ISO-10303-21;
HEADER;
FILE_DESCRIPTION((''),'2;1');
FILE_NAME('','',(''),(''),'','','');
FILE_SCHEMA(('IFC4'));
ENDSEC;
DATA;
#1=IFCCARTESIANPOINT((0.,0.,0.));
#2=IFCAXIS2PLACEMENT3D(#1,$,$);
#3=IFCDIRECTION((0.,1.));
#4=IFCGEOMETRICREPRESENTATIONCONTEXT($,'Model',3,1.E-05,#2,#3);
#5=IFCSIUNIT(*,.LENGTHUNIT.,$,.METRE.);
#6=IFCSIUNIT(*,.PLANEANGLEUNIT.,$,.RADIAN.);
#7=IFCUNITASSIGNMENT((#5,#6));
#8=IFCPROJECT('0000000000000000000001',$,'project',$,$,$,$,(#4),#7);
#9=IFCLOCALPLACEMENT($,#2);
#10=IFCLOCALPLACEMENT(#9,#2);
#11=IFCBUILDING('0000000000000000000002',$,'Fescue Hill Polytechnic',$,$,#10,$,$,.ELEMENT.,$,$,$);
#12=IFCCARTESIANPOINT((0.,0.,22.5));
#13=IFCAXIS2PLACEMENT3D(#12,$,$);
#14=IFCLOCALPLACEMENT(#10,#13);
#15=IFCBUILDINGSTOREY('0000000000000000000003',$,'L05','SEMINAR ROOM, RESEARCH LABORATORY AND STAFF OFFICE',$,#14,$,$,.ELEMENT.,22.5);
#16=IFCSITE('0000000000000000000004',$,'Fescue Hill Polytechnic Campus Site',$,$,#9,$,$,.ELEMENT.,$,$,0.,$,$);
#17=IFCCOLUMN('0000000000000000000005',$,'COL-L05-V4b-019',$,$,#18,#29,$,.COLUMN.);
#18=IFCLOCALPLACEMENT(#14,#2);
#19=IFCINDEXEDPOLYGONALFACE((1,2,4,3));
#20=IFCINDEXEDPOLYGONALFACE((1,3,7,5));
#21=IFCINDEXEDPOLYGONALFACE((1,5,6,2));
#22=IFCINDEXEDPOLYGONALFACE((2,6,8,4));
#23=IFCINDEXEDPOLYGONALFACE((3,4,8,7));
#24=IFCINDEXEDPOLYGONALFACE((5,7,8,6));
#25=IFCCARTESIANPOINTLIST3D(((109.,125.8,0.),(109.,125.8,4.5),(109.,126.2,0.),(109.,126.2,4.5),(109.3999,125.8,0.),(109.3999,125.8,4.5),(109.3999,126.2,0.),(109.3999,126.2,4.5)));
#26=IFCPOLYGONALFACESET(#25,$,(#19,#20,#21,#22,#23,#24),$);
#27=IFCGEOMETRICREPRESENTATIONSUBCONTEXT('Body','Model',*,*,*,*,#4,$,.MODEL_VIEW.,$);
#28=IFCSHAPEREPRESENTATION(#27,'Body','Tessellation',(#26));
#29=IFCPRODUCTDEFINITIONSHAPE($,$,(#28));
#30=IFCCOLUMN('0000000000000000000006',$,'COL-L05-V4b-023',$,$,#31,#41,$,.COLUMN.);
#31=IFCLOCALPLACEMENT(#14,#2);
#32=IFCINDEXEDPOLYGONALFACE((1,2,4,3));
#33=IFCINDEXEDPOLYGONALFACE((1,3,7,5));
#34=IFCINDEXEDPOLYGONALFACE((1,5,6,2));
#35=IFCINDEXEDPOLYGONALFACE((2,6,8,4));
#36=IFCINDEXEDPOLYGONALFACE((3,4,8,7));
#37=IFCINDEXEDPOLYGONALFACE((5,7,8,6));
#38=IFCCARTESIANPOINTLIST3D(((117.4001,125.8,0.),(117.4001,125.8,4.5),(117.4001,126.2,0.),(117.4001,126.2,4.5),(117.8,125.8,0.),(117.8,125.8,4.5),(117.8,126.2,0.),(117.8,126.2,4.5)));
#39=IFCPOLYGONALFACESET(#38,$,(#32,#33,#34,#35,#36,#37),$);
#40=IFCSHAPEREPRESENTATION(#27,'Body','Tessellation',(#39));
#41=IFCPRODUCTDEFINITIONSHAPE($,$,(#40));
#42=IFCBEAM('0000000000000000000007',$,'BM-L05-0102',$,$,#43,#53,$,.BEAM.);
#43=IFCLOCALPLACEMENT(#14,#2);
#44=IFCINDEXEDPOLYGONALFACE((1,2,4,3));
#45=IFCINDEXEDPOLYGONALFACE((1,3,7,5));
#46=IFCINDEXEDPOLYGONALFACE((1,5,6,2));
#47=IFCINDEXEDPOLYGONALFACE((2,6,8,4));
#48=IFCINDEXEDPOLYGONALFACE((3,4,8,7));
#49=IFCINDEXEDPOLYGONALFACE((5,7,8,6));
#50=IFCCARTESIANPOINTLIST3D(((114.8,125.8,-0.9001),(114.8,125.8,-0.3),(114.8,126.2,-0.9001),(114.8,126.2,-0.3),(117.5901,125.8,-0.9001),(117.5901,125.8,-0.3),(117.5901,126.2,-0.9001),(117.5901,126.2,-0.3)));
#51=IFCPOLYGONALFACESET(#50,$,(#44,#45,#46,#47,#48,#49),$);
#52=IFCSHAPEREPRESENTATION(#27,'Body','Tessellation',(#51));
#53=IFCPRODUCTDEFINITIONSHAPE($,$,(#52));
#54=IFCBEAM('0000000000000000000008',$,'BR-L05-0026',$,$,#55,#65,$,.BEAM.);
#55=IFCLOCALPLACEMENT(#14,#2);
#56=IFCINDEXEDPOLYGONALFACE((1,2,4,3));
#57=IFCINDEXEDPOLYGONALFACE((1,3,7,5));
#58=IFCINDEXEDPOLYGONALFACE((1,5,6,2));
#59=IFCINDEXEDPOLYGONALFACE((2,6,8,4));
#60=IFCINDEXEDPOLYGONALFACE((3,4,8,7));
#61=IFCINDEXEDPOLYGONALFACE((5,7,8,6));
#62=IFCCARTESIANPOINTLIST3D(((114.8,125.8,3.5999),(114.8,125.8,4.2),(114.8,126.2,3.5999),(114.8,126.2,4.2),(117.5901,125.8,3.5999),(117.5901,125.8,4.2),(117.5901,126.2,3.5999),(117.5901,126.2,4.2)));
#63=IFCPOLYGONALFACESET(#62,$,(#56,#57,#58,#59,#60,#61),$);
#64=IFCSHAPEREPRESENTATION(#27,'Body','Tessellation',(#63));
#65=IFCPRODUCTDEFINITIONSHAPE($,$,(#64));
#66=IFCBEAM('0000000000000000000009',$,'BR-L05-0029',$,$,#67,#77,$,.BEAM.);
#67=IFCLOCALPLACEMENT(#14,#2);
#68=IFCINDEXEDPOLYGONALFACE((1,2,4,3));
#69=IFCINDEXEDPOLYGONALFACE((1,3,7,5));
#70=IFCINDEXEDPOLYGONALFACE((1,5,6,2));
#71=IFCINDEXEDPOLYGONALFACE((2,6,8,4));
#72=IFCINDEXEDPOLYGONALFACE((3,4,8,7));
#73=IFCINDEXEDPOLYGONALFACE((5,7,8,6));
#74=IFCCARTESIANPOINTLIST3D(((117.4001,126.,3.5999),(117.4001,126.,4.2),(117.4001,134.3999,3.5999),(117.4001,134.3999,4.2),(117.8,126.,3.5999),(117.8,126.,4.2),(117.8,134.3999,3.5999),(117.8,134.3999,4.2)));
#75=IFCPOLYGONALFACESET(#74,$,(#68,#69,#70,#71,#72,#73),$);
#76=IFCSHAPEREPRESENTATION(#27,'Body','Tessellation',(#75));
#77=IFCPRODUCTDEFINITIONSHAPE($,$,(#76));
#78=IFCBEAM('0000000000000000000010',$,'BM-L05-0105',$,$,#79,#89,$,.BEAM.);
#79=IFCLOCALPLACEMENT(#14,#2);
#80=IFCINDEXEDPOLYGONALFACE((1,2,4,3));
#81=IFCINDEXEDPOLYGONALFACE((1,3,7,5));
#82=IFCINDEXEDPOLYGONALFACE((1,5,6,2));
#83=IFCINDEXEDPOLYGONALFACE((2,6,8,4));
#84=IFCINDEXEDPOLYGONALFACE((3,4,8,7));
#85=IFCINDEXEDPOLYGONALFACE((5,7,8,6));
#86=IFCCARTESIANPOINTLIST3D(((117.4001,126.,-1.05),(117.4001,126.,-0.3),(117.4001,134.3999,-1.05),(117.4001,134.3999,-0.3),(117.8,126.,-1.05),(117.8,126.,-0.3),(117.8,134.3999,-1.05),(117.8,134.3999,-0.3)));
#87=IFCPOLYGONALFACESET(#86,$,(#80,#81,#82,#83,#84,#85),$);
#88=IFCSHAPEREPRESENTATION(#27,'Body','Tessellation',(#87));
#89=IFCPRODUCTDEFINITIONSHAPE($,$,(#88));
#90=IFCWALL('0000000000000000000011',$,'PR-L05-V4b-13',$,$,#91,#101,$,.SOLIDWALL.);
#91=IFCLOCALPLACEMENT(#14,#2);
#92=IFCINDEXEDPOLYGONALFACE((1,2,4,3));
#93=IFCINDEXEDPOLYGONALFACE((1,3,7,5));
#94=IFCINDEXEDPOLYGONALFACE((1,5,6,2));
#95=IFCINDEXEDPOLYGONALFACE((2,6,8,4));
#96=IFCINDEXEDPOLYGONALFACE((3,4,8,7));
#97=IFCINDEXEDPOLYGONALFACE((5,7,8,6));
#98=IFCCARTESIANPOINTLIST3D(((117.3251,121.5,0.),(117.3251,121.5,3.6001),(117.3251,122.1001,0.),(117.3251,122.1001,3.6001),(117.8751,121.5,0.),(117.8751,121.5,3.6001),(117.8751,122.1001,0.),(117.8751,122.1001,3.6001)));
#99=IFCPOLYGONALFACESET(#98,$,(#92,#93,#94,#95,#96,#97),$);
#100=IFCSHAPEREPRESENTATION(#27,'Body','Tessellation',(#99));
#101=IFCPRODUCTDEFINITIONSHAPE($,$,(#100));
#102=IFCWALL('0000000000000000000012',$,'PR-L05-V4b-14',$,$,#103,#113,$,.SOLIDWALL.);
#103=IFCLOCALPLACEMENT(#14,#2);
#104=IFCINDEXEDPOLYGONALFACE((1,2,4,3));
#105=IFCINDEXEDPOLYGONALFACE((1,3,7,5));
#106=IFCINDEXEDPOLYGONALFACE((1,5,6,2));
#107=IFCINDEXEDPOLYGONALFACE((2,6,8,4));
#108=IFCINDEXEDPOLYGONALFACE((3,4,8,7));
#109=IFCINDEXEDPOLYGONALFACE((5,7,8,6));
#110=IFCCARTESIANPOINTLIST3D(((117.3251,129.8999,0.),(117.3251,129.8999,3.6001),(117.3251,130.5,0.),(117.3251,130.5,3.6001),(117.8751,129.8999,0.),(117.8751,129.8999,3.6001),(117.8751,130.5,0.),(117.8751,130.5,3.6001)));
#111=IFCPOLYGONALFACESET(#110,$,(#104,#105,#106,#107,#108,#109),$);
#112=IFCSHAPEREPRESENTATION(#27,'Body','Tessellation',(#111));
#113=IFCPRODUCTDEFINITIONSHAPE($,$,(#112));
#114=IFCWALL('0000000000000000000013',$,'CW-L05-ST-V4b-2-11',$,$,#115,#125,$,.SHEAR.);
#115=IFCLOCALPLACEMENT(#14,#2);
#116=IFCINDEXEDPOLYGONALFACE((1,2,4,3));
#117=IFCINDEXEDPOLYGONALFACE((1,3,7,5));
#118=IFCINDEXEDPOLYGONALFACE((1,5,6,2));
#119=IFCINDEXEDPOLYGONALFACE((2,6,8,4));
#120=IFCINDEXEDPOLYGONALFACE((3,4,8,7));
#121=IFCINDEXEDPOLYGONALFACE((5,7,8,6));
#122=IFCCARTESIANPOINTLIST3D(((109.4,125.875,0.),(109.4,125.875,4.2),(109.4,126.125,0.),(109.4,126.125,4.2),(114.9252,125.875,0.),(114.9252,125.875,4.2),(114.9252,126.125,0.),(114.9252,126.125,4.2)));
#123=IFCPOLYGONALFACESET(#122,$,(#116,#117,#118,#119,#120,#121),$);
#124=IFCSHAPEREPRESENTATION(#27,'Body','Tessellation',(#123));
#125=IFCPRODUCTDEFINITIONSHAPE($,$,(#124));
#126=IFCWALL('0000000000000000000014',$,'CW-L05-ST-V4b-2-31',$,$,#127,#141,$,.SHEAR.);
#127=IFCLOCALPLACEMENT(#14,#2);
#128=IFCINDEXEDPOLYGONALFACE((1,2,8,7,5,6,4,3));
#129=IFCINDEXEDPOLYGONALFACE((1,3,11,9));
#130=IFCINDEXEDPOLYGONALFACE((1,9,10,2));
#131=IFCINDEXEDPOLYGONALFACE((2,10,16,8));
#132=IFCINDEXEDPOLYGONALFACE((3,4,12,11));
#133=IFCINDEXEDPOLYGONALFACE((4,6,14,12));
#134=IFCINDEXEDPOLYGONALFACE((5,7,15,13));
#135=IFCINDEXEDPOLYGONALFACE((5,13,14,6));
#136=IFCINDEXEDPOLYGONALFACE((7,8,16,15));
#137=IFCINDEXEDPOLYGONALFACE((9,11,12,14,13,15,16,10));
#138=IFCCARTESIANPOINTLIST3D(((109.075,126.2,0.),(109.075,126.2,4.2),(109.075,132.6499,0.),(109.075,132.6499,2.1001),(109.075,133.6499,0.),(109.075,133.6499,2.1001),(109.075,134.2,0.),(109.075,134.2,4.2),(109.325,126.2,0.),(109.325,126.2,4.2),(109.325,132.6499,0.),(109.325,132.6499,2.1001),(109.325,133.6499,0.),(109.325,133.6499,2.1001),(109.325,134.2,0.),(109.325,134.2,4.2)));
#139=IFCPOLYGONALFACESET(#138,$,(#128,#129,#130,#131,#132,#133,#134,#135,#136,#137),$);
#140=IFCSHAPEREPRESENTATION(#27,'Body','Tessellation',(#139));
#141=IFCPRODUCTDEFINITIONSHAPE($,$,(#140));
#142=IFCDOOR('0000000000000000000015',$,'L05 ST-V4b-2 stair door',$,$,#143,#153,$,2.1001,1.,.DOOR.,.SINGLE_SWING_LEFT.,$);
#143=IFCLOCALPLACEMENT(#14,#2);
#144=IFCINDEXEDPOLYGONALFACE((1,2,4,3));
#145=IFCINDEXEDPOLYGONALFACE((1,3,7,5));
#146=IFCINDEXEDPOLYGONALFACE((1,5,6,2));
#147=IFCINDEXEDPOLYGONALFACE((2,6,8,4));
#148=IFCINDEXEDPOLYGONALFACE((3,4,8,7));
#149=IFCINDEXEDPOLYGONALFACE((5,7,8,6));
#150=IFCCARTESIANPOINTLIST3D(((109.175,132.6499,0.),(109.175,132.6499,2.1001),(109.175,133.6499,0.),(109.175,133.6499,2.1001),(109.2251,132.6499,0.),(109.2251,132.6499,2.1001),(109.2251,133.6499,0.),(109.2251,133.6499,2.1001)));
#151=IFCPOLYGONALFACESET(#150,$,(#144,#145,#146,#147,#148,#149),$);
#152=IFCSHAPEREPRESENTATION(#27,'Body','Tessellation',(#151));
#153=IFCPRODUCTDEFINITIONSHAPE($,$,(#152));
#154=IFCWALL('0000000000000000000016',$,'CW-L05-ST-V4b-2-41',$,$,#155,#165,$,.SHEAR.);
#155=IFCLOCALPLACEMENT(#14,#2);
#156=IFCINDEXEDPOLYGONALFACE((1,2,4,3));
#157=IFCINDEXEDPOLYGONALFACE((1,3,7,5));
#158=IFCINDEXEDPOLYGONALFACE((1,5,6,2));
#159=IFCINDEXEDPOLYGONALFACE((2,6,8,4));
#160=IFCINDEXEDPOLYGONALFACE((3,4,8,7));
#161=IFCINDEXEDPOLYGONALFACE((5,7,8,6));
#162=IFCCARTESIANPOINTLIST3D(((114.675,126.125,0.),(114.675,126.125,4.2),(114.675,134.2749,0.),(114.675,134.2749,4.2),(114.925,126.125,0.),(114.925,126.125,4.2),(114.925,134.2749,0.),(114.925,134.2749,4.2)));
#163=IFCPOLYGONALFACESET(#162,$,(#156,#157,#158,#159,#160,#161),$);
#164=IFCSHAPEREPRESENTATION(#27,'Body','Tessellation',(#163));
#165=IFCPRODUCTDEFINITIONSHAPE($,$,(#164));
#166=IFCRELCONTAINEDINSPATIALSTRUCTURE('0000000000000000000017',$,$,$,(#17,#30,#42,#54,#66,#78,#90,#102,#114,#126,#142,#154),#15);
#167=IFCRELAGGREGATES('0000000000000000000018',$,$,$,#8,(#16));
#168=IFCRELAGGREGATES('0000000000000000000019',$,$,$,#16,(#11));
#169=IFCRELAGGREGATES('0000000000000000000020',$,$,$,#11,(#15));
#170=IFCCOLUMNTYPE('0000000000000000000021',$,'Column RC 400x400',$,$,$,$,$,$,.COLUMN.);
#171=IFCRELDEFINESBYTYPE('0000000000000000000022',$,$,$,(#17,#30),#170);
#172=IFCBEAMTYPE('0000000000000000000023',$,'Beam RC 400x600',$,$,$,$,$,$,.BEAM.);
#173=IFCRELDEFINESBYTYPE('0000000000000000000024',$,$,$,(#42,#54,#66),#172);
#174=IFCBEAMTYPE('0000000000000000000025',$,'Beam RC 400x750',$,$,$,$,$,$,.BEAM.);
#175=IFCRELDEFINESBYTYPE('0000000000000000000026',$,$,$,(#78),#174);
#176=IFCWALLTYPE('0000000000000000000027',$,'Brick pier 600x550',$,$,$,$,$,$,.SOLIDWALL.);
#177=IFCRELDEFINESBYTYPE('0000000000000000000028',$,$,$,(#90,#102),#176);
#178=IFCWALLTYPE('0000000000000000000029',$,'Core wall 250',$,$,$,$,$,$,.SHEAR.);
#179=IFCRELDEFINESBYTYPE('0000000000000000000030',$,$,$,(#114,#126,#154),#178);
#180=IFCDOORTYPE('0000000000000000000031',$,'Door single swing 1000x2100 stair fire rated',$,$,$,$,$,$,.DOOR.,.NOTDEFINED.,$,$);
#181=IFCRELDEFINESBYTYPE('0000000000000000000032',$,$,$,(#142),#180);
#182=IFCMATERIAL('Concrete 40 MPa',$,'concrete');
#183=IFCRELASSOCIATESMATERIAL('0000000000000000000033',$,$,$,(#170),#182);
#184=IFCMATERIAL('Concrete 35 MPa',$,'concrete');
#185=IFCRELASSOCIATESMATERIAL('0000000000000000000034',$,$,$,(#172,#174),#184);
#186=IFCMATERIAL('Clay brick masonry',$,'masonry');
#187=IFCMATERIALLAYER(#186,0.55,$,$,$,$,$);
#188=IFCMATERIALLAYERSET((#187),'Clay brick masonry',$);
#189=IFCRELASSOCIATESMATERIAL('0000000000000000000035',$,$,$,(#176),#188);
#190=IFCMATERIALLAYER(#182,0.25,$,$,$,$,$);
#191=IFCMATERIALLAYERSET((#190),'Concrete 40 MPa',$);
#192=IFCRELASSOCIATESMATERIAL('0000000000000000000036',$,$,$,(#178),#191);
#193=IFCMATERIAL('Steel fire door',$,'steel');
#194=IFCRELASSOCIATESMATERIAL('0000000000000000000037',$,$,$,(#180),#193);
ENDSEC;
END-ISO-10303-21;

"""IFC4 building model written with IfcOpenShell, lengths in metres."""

from ifc_helpers import new_model, si_unit, direction, frame, frame_2d, origin, origin_2d, place, context, subcontext, project, spatial, rectangle, extrude, material, layer, layer_set, material_profile, profile_set, type_object, element, fill, save


model = new_model("IFC4")

# Units and contexts
model_context = context("Model", 3, precision=1e-05, world=origin(), true_north=direction((0.0, 1.0)))
body_context = subcontext(model_context, "Body", "Model", "MODEL_VIEW")
ifc_project = project(units=[si_unit("LENGTHUNIT", "METRE"), si_unit("PLANEANGLEUNIT", "RADIAN")], contexts=[model_context])

# Site, building, storey
site_placement = place(None, origin())
site = spatial("IfcSite", under=ifc_project, at=site_placement, Name="Fescue Hill Polytechnic Campus Site", CompositionType="ELEMENT", RefElevation=0.0)
building_placement = place(site_placement, origin())
building = spatial("IfcBuilding", under=site, at=building_placement, Name="Fescue Hill Polytechnic", CompositionType="ELEMENT")
storey_placement = place(building_placement, frame((0.0, 0.0, 22.5)))
storey = spatial("IfcBuildingStorey", under=building, at=storey_placement, Name="L05", Description="SEMINAR ROOM, RESEARCH LABORATORY AND STAFF OFFICE", CompositionType="ELEMENT", Elevation=22.5)

# Columns
ifc_material_1 = material(Name="Concrete 40 MPa", Category="concrete")
ifc_material_profile_1 = material_profile(ifc_material_1, rectangle(XDim=0.3999, YDim=0.3999, at=origin_2d()), Name="RC 400x400")
ifc_profile_set_1 = profile_set([ifc_material_profile_1], Name="Concrete 40 MPa")
column_type = type_object("IfcColumnType", Name="Column RC 400x400", PredefinedType="COLUMN", material=ifc_profile_set_1)
for number, where, z_axis, x_axis, name in (
    (1, (109.2, 126.0, 0.0), (0.0, 0.0, 1.0), (1.0, 0.0, 0.0), "COL-L05-V4b-019"),
    (2, (117.6001, 126.0, 0.0), (0.0, 0.0, 1.0), (1.0, 0.0, 0.0), "COL-L05-V4b-023"),
):
    element("IfcColumn", number, at=place(storey_placement, frame(where, z_axis=z_axis, x_axis=x_axis)), inside=storey, type_object=column_type, Name=name, PredefinedType="COLUMN", context=body_context, shape_type="SweptSolid", body=[
        extrude(rectangle(XDim=0.3999, YDim=0.3999, at=origin_2d()), origin(), (0.0, 0.0, 1.0), 4.5),
    ])

# Beams
ifc_material_2 = material(Name="Concrete 35 MPa", Category="concrete")
ifc_material_profile_2 = material_profile(ifc_material_2, rectangle(XDim=0.3999, YDim=0.6001, at=origin_2d()), Name="RC 400x600")
ifc_profile_set_2 = profile_set([ifc_material_profile_2], Name="Concrete 35 MPa")
beam_type_1 = type_object("IfcBeamType", Name="Beam RC 400x600", PredefinedType="BEAM", material=ifc_profile_set_2)
for number, where, z_axis, x_axis, name in (
    (3, (114.8, 126.0, -0.6001), (1.0, 0.0, 0.0), (0.0, 1.0, 0.0), "BM-L05-0102"),
    (4, (114.8, 126.0, 3.8999), (1.0, 0.0, 0.0), (0.0, 1.0, 0.0), "BR-L05-0026"),
):
    element("IfcBeam", number, at=place(storey_placement, frame(where, z_axis=z_axis, x_axis=x_axis)), inside=storey, type_object=beam_type_1, Name=name, PredefinedType="BEAM", context=body_context, shape_type="SweptSolid", body=[
        extrude(rectangle(XDim=0.3999, YDim=0.6001, at=origin_2d()), origin(), (0.0, 0.0, 1.0), 2.79),
    ])
beam_1_placement = place(storey_placement, frame((117.6001, 126.0, 3.8999), z_axis=(0.0, 1.0, 0.0), x_axis=(-1.0, 0.0, 0.0)))
element("IfcBeam", 5, at=beam_1_placement, inside=storey, type_object=beam_type_1, Name="BR-L05-0029", PredefinedType="BEAM", context=body_context, shape_type="SweptSolid", body=[
    extrude(rectangle(XDim=0.3999, YDim=0.6001, at=origin_2d()), origin(), (0.0, 0.0, 1.0), 8.3999),
])
ifc_material_profile_3 = material_profile(ifc_material_2, rectangle(XDim=0.3999, YDim=0.75, at=origin_2d()), Name="RC 400x750")
ifc_profile_set_3 = profile_set([ifc_material_profile_3], Name="Concrete 35 MPa")
beam_type_2 = type_object("IfcBeamType", Name="Beam RC 400x750", PredefinedType="BEAM", material=ifc_profile_set_3)
beam_2_placement = place(storey_placement, frame((117.6001, 126.0, -0.675), z_axis=(0.0, 1.0, 0.0), x_axis=(-1.0, 0.0, 0.0)))
element("IfcBeam", 6, at=beam_2_placement, inside=storey, type_object=beam_type_2, Name="BM-L05-0105", PredefinedType="BEAM", context=body_context, shape_type="SweptSolid", body=[
    extrude(rectangle(XDim=0.3999, YDim=0.75, at=origin_2d()), origin(), (0.0, 0.0, 1.0), 8.3999),
])

# Walls
ifc_material_3 = material(Name="Clay brick masonry", Category="masonry")
ifc_layer_1 = layer(ifc_material_3, 0.55)
ifc_layer_set_1 = layer_set([ifc_layer_1], Name="Clay brick masonry")
wall_type_1 = type_object("IfcWallType", Name="Brick pier 600x550", PredefinedType="SOLIDWALL", material=ifc_layer_set_1)
for number, where, z_axis, x_axis, name in (
    (7, (117.6001, 121.5, 0.0), (0.0, 0.0, 1.0), (0.0, 1.0, 0.0), "PR-L05-V4b-13"),
    (8, (117.6001, 129.8999, 0.0), (0.0, 0.0, 1.0), (0.0, 1.0, 0.0), "PR-L05-V4b-14"),
):
    element("IfcWall", number, at=place(storey_placement, frame(where, z_axis=z_axis, x_axis=x_axis)), inside=storey, type_object=wall_type_1, Name=name, PredefinedType="SOLIDWALL", context=body_context, shape_type="SweptSolid", body=[
        extrude(rectangle(XDim=0.6001, YDim=0.55, at=frame_2d((0.3, 0.0))), origin(), (0.0, 0.0, 1.0), 3.6001),
    ])
ifc_layer_2 = layer(ifc_material_1, 0.25)
ifc_layer_set_2 = layer_set([ifc_layer_2], Name="Concrete 40 MPa")
wall_type_2 = type_object("IfcWallType", Name="Core wall 250", PredefinedType="SHEAR", material=ifc_layer_set_2)
wall_1_placement = place(storey_placement, frame((109.3999, 126.0, 0.0), z_axis=(0.0, 0.0, 1.0), x_axis=(1.0, 0.0, 0.0)))
element("IfcWall", 9, at=wall_1_placement, inside=storey, type_object=wall_type_2, Name="CW-L05-ST-V4b-2-11", PredefinedType="SHEAR", context=body_context, shape_type="SweptSolid", body=[
    extrude(rectangle(XDim=5.5251, YDim=0.25, at=frame_2d((2.7627, 0.0))), origin(), (0.0, 0.0, 1.0), 4.2),
])

# Wall, opening, door
wall_2_placement = place(storey_placement, frame((109.2, 126.2, 0.0), z_axis=(0.0, 0.0, 1.0), x_axis=(0.0, 1.0, 0.0)))
wall_2 = element("IfcWall", 10, at=wall_2_placement, inside=storey, type_object=wall_type_2, Name="CW-L05-ST-V4b-2-31", PredefinedType="SHEAR", context=body_context, shape_type="SweptSolid", body=[
    extrude(rectangle(XDim=8.0, YDim=0.25, at=frame_2d((4.0, 0.0))), origin(), (0.0, 0.0, 1.0), 4.2),
])
opening_1_placement = place(wall_2_placement, frame((6.45, 0.0, 0.0)))
opening_1 = element("IfcOpeningElement", 11, at=opening_1_placement, cuts=wall_2, PredefinedType="OPENING", context=body_context, shape_type="SweptSolid", body=[
    extrude(rectangle(XDim=1.0, YDim=2.1001, at=frame_2d((0.5, 1.05))), frame((0.0, 0.135, 0.0), z_axis=(0.0, -1.0, 0.0), x_axis=(1.0, 0.0, 0.0)), (0.0, 0.0, 1.0), 0.27),
])
ifc_material_4 = material(Name="Steel fire door", Category="steel")
door_type_1 = type_object("IfcDoorType", Name="Door single swing 1000x2100 stair fire rated", OperationType="NOTDEFINED", PredefinedType="DOOR", material=ifc_material_4)
door_1_placement = place(opening_1_placement, origin())
door_1 = element("IfcDoor", 12, at=door_1_placement, inside=storey, type_object=door_type_1, Name="L05 ST-V4b-2 stair door", OperationType="SINGLE_SWING_LEFT", OverallHeight=2.1001, OverallWidth=1.0, PredefinedType="DOOR", context=body_context, shape_type="SweptSolid", body=[
    extrude(rectangle(XDim=1.0, YDim=2.1001, at=frame_2d((0.5, 1.05))), frame((0.0, 0.0249, 0.0), z_axis=(0.0, -1.0, 0.0), x_axis=(1.0, 0.0, 0.0)), (0.0, 0.0, 1.0), 0.05),
])
fill(opening_1, door_1)

# Wall
wall_3_placement = place(storey_placement, frame((114.8, 126.125, 0.0), z_axis=(0.0, 0.0, 1.0), x_axis=(0.0, 1.0, 0.0)))
element("IfcWall", 13, at=wall_3_placement, inside=storey, type_object=wall_type_2, Name="CW-L05-ST-V4b-2-41", PredefinedType="SHEAR", context=body_context, shape_type="SweptSolid", body=[
    extrude(rectangle(XDim=8.1499, YDim=0.25, at=frame_2d((4.075, 0.0))), origin(), (0.0, 0.0, 1.0), 4.2),
])

save(model, "model.ifc")
